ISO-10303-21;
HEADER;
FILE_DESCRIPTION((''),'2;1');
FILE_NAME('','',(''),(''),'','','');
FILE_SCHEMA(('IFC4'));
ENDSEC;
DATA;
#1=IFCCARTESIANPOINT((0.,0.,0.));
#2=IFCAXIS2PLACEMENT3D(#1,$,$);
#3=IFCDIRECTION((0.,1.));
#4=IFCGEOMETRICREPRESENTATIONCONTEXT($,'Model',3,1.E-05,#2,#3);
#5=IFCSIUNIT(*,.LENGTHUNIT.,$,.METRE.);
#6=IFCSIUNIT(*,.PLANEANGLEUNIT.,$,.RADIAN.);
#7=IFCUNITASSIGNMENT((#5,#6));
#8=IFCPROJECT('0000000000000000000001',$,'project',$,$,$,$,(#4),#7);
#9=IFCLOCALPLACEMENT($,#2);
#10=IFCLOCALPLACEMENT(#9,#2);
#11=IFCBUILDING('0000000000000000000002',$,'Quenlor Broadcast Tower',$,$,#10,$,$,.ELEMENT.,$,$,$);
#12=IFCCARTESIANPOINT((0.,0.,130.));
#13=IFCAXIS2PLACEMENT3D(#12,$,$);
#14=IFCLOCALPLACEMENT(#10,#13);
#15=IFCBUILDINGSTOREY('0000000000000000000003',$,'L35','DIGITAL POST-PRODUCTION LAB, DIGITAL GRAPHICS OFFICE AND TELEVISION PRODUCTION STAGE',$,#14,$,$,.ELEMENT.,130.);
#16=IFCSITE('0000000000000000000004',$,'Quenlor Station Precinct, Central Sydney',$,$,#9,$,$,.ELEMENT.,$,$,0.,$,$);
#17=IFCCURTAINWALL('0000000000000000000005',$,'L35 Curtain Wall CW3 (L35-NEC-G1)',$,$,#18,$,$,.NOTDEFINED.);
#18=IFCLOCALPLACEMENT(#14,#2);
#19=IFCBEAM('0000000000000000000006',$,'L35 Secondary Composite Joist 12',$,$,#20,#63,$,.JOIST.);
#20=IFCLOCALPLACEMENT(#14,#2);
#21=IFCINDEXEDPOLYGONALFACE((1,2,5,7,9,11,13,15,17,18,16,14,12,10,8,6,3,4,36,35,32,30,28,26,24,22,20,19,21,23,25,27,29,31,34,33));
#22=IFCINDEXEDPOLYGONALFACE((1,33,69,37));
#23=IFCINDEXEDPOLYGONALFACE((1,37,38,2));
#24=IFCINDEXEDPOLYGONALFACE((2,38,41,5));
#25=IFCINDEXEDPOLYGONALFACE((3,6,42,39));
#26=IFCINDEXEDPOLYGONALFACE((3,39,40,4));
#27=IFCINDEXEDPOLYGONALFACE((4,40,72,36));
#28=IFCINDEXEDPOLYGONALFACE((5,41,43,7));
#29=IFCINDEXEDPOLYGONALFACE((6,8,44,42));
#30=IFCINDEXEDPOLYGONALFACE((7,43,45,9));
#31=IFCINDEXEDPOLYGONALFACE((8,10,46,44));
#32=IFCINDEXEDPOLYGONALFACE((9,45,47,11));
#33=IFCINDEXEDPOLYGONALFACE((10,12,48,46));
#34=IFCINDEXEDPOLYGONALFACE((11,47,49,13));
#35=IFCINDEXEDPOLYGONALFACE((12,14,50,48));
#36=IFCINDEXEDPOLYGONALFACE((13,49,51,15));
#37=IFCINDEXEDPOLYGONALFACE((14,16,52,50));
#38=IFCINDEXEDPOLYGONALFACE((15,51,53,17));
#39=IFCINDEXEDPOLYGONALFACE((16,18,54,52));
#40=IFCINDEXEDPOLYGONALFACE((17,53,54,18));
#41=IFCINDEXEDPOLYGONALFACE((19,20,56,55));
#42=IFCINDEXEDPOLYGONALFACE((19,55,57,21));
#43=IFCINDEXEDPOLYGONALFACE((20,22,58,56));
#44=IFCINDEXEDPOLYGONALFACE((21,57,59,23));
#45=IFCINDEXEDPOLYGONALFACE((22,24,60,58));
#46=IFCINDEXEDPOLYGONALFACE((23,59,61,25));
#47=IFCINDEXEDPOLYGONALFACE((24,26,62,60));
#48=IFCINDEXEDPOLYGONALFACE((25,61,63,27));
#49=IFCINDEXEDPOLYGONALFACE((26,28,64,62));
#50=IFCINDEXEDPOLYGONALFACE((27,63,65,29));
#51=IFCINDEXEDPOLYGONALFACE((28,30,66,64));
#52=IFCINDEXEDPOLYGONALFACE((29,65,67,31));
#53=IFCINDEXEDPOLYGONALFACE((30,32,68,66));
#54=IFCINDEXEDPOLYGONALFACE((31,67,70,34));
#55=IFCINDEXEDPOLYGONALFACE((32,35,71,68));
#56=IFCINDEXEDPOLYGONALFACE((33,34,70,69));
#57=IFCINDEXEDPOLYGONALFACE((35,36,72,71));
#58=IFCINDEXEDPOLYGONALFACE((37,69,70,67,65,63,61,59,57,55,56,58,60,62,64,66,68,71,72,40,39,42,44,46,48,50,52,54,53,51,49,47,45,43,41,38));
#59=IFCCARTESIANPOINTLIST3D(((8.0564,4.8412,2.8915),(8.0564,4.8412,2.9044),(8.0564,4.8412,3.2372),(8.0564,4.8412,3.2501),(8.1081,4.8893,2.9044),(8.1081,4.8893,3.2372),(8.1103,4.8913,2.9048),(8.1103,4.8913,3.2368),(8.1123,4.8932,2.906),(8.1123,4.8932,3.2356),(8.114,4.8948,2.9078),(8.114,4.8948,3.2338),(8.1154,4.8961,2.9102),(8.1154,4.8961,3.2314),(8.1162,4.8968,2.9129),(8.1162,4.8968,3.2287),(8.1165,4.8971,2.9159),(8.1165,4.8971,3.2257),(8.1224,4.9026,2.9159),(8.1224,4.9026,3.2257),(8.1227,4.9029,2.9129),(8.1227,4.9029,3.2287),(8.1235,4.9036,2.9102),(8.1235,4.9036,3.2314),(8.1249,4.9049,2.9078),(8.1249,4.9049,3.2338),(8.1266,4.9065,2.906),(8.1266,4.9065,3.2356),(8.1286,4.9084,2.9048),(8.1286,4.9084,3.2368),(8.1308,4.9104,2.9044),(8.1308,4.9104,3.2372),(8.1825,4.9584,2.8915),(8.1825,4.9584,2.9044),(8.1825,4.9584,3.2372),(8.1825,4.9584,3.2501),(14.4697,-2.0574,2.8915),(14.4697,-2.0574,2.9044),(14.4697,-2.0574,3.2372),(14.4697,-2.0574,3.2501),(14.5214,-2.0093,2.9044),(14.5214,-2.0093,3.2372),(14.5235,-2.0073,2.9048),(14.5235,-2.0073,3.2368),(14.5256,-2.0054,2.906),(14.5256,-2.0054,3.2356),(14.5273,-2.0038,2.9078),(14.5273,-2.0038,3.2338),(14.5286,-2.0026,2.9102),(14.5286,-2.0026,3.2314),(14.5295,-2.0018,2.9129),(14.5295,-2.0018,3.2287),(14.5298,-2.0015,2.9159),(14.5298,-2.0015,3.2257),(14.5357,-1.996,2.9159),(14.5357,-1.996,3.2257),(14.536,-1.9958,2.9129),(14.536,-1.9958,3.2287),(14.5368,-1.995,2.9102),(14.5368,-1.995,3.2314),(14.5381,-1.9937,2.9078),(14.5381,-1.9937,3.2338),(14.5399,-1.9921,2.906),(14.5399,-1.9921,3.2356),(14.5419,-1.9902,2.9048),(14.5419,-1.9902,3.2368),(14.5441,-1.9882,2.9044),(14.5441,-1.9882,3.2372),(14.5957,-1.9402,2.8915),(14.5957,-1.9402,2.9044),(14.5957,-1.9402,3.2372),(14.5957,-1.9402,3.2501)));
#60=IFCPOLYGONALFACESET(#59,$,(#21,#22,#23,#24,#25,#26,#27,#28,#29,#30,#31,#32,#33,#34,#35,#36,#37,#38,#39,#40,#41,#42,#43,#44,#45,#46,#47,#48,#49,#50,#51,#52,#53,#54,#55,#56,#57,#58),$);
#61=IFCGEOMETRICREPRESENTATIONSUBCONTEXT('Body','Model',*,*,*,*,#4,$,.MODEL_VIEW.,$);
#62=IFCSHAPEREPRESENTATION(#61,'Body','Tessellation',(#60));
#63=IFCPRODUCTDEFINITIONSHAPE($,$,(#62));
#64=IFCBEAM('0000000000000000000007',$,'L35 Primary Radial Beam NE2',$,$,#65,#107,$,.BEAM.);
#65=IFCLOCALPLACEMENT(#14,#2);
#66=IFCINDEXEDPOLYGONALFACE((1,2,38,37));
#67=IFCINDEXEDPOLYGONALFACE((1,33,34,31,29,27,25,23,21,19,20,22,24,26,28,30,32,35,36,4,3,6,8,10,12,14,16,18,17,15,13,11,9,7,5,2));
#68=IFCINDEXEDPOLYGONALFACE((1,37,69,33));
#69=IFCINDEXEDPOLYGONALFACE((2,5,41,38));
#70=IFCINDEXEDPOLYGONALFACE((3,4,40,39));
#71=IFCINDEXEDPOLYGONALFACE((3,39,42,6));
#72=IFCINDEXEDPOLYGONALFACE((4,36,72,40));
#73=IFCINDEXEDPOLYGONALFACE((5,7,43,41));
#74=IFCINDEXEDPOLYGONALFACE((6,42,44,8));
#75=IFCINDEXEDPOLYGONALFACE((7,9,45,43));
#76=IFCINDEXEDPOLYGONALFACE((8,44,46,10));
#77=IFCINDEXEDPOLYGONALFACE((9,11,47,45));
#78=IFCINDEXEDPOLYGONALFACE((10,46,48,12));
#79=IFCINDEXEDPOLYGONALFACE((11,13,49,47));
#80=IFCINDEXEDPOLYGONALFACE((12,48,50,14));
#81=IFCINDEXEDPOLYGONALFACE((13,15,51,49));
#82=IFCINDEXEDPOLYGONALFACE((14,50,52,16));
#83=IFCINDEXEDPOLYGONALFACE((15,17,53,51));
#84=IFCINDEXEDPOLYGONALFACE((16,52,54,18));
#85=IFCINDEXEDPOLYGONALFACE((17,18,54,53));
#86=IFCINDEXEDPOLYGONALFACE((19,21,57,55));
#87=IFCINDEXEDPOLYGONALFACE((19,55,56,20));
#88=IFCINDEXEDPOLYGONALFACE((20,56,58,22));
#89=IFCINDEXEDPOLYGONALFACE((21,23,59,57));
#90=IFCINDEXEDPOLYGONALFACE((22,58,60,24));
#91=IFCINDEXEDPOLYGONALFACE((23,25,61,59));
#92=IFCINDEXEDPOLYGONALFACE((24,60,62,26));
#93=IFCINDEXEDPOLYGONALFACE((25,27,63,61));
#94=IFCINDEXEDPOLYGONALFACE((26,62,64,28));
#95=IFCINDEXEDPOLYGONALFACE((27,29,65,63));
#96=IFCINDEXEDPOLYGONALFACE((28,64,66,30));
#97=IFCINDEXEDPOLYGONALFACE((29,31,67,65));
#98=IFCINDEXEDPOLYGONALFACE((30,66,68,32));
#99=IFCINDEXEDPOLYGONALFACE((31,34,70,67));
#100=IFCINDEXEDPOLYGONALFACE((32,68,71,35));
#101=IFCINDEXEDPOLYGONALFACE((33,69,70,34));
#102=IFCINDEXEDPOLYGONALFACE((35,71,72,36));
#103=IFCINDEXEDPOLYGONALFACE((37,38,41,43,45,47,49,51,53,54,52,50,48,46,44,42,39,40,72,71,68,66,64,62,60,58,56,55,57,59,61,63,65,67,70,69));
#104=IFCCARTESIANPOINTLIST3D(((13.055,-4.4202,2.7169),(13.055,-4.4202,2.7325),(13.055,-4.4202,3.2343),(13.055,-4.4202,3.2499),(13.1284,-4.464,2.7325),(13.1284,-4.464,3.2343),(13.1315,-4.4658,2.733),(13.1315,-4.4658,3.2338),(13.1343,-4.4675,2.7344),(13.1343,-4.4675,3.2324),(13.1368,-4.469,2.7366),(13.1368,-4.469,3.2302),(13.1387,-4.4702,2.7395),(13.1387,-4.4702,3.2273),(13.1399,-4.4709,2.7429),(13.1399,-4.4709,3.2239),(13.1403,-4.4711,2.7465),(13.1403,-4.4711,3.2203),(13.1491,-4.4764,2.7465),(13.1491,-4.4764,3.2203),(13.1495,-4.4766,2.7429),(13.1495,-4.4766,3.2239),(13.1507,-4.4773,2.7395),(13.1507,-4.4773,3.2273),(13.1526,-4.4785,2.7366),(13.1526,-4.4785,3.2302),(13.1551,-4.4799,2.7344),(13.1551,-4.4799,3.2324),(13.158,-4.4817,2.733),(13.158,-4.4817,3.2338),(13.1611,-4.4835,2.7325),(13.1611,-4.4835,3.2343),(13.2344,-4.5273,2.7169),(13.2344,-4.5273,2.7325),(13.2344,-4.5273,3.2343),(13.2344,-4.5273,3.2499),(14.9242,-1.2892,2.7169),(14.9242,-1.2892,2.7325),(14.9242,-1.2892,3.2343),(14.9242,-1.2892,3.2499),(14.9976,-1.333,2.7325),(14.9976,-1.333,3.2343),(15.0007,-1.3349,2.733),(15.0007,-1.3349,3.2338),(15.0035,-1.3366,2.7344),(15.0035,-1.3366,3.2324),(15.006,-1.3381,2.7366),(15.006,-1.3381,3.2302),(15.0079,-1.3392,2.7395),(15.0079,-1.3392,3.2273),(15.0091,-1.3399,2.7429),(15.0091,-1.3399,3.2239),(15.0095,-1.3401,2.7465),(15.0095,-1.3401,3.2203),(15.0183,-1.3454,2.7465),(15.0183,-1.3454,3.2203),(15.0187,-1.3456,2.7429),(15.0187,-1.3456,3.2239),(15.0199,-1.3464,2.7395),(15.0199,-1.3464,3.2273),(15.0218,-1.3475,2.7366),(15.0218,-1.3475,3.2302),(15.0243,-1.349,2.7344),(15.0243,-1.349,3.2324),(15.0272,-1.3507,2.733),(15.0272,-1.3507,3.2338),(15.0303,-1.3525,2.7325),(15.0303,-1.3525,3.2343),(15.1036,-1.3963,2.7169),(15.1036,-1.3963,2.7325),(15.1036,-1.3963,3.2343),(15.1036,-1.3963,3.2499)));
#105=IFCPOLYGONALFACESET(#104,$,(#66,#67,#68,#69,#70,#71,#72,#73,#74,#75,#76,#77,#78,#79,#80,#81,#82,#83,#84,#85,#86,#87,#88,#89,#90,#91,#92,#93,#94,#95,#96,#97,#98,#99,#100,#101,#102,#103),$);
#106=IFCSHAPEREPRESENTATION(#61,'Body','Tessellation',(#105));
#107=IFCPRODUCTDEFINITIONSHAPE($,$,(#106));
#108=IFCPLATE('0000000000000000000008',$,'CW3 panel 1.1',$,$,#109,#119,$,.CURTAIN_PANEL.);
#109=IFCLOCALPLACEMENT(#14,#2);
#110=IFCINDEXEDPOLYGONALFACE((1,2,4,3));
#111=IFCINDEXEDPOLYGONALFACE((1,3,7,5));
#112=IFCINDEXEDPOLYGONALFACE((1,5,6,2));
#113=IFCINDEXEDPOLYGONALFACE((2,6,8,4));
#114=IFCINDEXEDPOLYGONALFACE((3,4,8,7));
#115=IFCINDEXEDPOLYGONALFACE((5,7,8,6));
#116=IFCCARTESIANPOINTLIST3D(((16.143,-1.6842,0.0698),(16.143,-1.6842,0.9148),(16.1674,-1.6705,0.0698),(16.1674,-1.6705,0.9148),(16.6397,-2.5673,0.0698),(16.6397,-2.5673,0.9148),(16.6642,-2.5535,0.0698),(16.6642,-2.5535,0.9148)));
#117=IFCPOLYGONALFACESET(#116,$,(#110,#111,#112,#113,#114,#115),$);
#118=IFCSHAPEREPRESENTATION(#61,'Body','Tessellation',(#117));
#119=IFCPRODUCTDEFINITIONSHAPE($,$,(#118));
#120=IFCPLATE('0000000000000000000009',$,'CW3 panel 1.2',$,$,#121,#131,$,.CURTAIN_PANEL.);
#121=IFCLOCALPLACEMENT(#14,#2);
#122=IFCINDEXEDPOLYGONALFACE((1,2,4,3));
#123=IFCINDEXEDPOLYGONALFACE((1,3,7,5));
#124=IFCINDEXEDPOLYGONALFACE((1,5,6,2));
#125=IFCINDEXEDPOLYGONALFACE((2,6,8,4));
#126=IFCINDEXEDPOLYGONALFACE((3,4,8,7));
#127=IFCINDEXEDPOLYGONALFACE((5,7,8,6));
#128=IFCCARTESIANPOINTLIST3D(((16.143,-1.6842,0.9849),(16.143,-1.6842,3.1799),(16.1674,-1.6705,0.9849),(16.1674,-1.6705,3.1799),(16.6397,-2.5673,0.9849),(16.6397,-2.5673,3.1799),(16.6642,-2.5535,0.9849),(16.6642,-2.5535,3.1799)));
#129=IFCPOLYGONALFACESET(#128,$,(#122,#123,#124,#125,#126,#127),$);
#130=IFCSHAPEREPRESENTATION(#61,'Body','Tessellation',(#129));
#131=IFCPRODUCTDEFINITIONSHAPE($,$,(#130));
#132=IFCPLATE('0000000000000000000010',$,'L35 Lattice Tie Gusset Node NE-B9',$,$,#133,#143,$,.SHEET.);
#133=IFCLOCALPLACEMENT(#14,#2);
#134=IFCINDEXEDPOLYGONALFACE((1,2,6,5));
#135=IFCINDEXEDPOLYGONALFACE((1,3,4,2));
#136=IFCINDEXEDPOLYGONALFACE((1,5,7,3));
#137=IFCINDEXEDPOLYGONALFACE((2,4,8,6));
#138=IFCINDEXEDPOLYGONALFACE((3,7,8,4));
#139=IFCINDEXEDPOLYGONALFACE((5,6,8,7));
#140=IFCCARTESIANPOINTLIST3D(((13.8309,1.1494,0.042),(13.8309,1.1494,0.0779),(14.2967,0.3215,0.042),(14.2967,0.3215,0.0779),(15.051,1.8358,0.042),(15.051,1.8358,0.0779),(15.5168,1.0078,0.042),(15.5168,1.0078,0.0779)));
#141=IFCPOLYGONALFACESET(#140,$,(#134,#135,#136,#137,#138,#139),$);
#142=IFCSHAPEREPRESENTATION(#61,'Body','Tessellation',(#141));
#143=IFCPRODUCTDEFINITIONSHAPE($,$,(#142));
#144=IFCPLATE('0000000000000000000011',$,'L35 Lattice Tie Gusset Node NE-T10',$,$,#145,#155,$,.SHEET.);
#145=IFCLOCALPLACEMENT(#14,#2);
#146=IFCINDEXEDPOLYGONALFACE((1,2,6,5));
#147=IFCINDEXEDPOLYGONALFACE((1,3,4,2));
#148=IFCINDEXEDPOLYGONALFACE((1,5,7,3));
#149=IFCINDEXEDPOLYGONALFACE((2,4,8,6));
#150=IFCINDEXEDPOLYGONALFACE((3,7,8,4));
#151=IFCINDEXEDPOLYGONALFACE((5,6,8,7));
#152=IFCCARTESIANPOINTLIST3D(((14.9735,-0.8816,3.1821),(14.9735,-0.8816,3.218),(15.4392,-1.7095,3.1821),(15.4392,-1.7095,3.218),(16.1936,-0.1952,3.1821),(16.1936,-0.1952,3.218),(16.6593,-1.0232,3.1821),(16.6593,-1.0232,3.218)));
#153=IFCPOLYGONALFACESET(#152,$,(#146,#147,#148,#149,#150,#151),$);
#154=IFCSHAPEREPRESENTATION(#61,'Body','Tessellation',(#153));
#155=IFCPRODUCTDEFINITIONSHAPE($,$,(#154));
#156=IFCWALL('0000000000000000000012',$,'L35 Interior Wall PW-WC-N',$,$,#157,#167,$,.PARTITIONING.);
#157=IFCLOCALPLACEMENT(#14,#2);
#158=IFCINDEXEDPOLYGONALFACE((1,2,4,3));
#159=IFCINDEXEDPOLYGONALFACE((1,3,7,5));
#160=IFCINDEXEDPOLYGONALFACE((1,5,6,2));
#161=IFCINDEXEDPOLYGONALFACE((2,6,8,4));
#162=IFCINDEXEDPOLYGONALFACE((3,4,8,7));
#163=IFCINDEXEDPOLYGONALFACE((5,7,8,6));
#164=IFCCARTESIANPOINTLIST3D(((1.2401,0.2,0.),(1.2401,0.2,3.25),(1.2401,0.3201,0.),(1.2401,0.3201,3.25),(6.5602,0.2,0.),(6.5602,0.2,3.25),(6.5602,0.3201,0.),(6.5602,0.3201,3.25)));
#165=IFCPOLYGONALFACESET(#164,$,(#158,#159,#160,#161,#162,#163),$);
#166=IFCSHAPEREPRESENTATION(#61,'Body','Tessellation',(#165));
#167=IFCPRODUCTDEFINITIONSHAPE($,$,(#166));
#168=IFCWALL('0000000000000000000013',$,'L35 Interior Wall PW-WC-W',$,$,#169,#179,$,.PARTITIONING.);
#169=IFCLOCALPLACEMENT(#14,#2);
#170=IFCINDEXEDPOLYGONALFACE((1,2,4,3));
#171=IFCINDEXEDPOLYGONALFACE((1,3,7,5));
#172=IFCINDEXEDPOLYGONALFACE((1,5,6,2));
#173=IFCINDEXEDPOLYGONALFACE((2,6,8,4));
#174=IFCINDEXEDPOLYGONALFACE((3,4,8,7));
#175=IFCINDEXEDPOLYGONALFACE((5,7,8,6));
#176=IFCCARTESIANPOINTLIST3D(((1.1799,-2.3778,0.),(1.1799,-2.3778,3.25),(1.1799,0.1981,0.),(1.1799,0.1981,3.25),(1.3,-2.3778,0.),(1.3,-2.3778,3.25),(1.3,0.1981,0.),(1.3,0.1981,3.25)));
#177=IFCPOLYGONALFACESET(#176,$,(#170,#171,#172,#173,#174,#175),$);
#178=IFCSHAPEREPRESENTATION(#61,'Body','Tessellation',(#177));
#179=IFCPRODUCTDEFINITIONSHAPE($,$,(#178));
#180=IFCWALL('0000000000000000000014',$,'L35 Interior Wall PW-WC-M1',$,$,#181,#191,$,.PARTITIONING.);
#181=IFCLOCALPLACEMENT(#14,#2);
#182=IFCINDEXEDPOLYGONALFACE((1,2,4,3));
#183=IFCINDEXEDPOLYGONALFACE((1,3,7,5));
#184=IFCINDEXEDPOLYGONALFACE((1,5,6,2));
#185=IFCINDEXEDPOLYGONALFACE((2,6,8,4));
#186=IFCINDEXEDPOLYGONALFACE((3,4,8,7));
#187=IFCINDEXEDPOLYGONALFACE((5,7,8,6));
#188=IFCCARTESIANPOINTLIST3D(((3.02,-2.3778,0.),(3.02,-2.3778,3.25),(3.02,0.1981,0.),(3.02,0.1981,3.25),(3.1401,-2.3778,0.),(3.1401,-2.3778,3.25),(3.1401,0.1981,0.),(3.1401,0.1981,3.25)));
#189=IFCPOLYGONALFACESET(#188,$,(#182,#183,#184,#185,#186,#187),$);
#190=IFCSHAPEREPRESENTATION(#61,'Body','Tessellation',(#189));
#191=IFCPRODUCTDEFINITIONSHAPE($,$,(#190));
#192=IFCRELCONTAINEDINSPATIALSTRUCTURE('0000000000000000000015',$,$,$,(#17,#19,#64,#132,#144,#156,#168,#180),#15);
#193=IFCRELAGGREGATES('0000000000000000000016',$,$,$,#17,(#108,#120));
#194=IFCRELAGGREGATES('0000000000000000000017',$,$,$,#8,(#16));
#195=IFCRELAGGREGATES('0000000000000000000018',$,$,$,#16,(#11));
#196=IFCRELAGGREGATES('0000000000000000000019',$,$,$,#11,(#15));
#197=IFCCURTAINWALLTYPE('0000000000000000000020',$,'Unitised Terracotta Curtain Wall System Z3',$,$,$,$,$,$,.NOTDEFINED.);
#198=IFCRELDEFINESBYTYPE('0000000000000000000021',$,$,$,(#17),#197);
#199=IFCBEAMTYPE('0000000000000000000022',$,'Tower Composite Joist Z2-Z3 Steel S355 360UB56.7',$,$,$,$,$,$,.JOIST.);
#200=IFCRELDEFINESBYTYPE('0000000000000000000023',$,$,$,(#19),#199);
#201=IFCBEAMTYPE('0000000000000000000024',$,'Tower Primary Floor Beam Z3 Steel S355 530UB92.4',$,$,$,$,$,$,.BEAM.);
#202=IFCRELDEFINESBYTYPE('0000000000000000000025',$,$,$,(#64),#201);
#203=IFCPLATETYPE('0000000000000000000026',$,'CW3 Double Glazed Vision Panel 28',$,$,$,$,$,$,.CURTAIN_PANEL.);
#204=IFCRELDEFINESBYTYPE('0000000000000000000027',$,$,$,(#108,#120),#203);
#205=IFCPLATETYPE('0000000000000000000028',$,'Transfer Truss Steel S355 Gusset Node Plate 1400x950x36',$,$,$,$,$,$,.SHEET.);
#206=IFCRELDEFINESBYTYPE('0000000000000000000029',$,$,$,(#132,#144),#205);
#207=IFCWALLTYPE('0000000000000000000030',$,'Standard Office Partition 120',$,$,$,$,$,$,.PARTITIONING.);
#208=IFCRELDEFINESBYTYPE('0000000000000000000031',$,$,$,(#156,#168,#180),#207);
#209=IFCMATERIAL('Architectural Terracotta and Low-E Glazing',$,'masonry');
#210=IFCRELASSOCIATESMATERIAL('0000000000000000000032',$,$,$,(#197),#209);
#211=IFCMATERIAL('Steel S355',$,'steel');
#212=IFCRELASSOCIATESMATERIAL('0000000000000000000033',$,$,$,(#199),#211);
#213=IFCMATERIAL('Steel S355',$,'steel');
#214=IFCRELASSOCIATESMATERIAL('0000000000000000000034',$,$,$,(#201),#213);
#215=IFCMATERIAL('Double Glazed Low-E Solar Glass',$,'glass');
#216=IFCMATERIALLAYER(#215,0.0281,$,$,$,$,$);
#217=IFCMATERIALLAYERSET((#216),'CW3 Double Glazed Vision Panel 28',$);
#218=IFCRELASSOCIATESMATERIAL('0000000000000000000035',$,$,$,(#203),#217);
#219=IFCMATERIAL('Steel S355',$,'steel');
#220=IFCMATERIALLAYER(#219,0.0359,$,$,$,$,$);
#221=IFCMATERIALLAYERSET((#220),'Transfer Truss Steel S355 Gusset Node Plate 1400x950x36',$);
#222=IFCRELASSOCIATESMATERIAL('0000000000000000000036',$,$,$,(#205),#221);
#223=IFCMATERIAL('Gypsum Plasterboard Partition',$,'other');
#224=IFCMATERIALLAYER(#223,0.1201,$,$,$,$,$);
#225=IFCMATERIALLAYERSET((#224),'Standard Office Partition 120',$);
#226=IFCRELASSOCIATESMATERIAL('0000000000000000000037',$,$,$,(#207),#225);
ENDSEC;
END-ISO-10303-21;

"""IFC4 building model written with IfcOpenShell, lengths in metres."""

from ifc_helpers import new_model, si_unit, direction, frame, frame_2d, origin, origin_2d, place, context, subcontext, project, spatial, rectangle, i_section, extrude, material, layer, layer_set, material_profile, profile_set, type_object, element, aggregate, save


model = new_model("IFC4")

# Units and contexts
model_context = context("Model", 3, precision=1e-05, world=origin(), true_north=direction((0.0, 1.0)))
body_context = subcontext(model_context, "Body", "Model", "MODEL_VIEW")
ifc_project = project(units=[si_unit("LENGTHUNIT", "METRE"), si_unit("PLANEANGLEUNIT", "RADIAN")], contexts=[model_context])

# Site, building, storey
site_placement = place(None, origin())
site = spatial("IfcSite", under=ifc_project, at=site_placement, Name="Quenlor Station Precinct, Central Sydney", CompositionType="ELEMENT", RefElevation=0.0)
building_placement = place(site_placement, origin())
building = spatial("IfcBuilding", under=site, at=building_placement, Name="Quenlor Broadcast Tower", CompositionType="ELEMENT")
storey_placement = place(building_placement, frame((0.0, 0.0, 130.0)))
storey = spatial("IfcBuildingStorey", under=building, at=storey_placement, Name="L35", Description="DIGITAL POST-PRODUCTION LAB, DIGITAL GRAPHICS OFFICE AND TELEVISION PRODUCTION STAGE", CompositionType="ELEMENT", Elevation=130.0)

# Curtain wall
ifc_material_1 = material(Name="Architectural Terracotta and Low-E Glazing", Category="masonry")
curtain_wall_type = type_object("IfcCurtainWallType", Name="Unitised Terracotta Curtain Wall System Z3", PredefinedType="NOTDEFINED", material=ifc_material_1)
curtain_wall_placement = place(storey_placement, origin())
curtain_wall = element("IfcCurtainWall", 1, at=curtain_wall_placement, inside=storey, type_object=curtain_wall_type, Name="L35 Curtain Wall CW3 (L35-NEC-G1)", PredefinedType="NOTDEFINED")

# Beams
ifc_material_2 = material(Name="Steel S355", Category="steel")
ifc_material_profile_1 = material_profile(ifc_material_2, i_section(OverallWidth=0.1721, OverallDepth=0.3586, WebThickness=0.0081, FlangeThickness=0.0129, FilletRadius=0.0115, at=origin_2d()))
ifc_profile_set_1 = profile_set([ifc_material_profile_1], Name="Steel S355 360UB56.7")
beam_type_1 = type_object("IfcBeamType", Name="Tower Composite Joist Z2-Z3 Steel S355 360UB56.7", PredefinedType="JOIST", material=ifc_profile_set_1)
beam_1_placement = place(storey_placement, frame((14.5327, -1.9988, 3.0708), z_axis=(-0.680874, 0.732401, 0.0), x_axis=(-0.732401, -0.680874, 0.0)))
element("IfcBeam", 2, at=beam_1_placement, inside=storey, type_object=beam_type_1, Name="L35 Secondary Composite Joist 12", PredefinedType="JOIST", context=body_context, shape_type="SweptSolid", body=[
    extrude(i_section(OverallWidth=0.1721, OverallDepth=0.3586, WebThickness=0.0081, FlangeThickness=0.0129, FilletRadius=0.0115, at=origin_2d()), origin(), (0.0, 0.0, 1.0), 9.4192),
])
ifc_material_3 = material(Name="Steel S355", Category="steel")
ifc_material_profile_2 = material_profile(ifc_material_3, i_section(OverallWidth=0.209, OverallDepth=0.533, WebThickness=0.0103, FlangeThickness=0.0156, FilletRadius=0.0139, at=origin_2d()))
ifc_profile_set_2 = profile_set([ifc_material_profile_2], Name="Steel S355 530UB92.4")
beam_type_2 = type_object("IfcBeamType", Name="Tower Primary Floor Beam Z3 Steel S355 530UB92.4", PredefinedType="BEAM", material=ifc_profile_set_2)
beam_2_placement = place(storey_placement, frame((15.0139, -1.3428, 2.9834), z_axis=(-0.512604, -0.858625, 0.0), x_axis=(0.858625, -0.512604, 0.0)))
element("IfcBeam", 3, at=beam_2_placement, inside=storey, type_object=beam_type_2, Name="L35 Primary Radial Beam NE2", PredefinedType="BEAM", context=body_context, shape_type="SweptSolid", body=[
    extrude(i_section(OverallWidth=0.209, OverallDepth=0.533, WebThickness=0.0103, FlangeThickness=0.0156, FilletRadius=0.0139, at=origin_2d()), origin(), (0.0, 0.0, 1.0), 3.6465),
])

# Plates
ifc_material_4 = material(Name="Double Glazed Low-E Solar Glass", Category="glass")
ifc_layer_1 = layer(ifc_material_4, 0.0281)
ifc_layer_set_1 = layer_set([ifc_layer_1], Name="CW3 Double Glazed Vision Panel 28")
plate_type_1 = type_object("IfcPlateType", Name="CW3 Double Glazed Vision Panel 28", PredefinedType="CURTAIN_PANEL", material=ifc_layer_set_1)
plate_1_placement = place(storey_placement, frame((16.4036, -2.1189, 0.0698), z_axis=(0.0, 0.0, 1.0), x_axis=(0.490253, -0.87158, 0.0)))
plate_1 = element("IfcPlate", 4, at=plate_1_placement, type_object=plate_type_1, Name="CW3 panel 1.1", PredefinedType="CURTAIN_PANEL", context=body_context, shape_type="SweptSolid", body=[
    extrude(rectangle(XDim=1.0132, YDim=0.0281, at=origin_2d()), origin(), (0.0, 0.0, 1.0), 0.845),
])
plate_2_placement = place(storey_placement, frame((16.4036, -2.1189, 0.9849), z_axis=(0.0, 0.0, 1.0), x_axis=(0.490253, -0.87158, 0.0)))
plate_2 = element("IfcPlate", 5, at=plate_2_placement, type_object=plate_type_1, Name="CW3 panel 1.2", PredefinedType="CURTAIN_PANEL", context=body_context, shape_type="SweptSolid", body=[
    extrude(rectangle(XDim=1.0132, YDim=0.0281, at=origin_2d()), origin(), (0.0, 0.0, 1.0), 2.1951),
])
aggregate(curtain_wall, [plate_1, plate_2])

# Plates
ifc_material_5 = material(Name="Steel S355", Category="steel")
ifc_layer_2 = layer(ifc_material_5, 0.0359)
ifc_layer_set_2 = layer_set([ifc_layer_2], Name="Transfer Truss Steel S355 Gusset Node Plate 1400x950x36")
plate_type_2 = type_object("IfcPlateType", Name="Transfer Truss Steel S355 Gusset Node Plate 1400x950x36", PredefinedType="SHEET", material=ifc_layer_set_2)
for number, where, z_axis, x_axis, name in (
    (6, (14.6738, 1.0786, 0.042), (0.0, 0.0, 1.0), (0.871556, 0.490295, 0.0), "L35 Lattice Tie Gusset Node NE-B9"),
    (7, (15.8164, -0.9524, 3.1821), (0.0, 0.0, 1.0), (0.871556, 0.490295, 0.0), "L35 Lattice Tie Gusset Node NE-T10"),
):
    element("IfcPlate", number, at=place(storey_placement, frame(where, z_axis=z_axis, x_axis=x_axis)), inside=storey, type_object=plate_type_2, Name=name, PredefinedType="SHEET", context=body_context, shape_type="SweptSolid", body=[
        extrude(rectangle(XDim=1.3999, YDim=0.95, at=origin_2d()), origin(), (0.0, 0.0, 1.0), 0.0359),
    ])

# Walls
ifc_material_6 = material(Name="Gypsum Plasterboard Partition", Category="other")
ifc_layer_3 = layer(ifc_material_6, 0.1201)
ifc_layer_set_3 = layer_set([ifc_layer_3], Name="Standard Office Partition 120")
wall_type_1 = type_object("IfcWallType", Name="Standard Office Partition 120", PredefinedType="PARTITIONING", material=ifc_layer_set_3)
wall_1_placement = place(storey_placement, frame((1.24, 0.26, 0.0), z_axis=(0.0, 0.0, 1.0), x_axis=(1.0, 0.0, 0.0)))
element("IfcWall", 8, at=wall_1_placement, inside=storey, type_object=wall_type_1, Name="L35 Interior Wall PW-WC-N", PredefinedType="PARTITIONING", context=body_context, shape_type="SweptSolid", body=[
    extrude(rectangle(XDim=5.3201, YDim=0.1201, at=frame_2d((2.6602, 0.0))), origin(), (0.0, 0.0, 1.0), 3.25),
])
for number, where, z_axis, x_axis, name in (
    (9, (1.24, -2.3779, 0.0), (0.0, 0.0, 1.0), (0.0, 1.0, 0.0), "L35 Interior Wall PW-WC-W"),
    (10, (3.0801, -2.3779, 0.0), (0.0, 0.0, 1.0), (0.0, 1.0, 0.0), "L35 Interior Wall PW-WC-M1"),
):
    element("IfcWall", number, at=place(storey_placement, frame(where, z_axis=z_axis, x_axis=x_axis)), inside=storey, type_object=wall_type_1, Name=name, PredefinedType="PARTITIONING", context=body_context, shape_type="SweptSolid", body=[
        extrude(rectangle(XDim=2.5759, YDim=0.1201, at=frame_2d((1.2881, 0.0))), origin(), (0.0, 0.0, 1.0), 3.25),
    ])

save(model, "model.ifc")
